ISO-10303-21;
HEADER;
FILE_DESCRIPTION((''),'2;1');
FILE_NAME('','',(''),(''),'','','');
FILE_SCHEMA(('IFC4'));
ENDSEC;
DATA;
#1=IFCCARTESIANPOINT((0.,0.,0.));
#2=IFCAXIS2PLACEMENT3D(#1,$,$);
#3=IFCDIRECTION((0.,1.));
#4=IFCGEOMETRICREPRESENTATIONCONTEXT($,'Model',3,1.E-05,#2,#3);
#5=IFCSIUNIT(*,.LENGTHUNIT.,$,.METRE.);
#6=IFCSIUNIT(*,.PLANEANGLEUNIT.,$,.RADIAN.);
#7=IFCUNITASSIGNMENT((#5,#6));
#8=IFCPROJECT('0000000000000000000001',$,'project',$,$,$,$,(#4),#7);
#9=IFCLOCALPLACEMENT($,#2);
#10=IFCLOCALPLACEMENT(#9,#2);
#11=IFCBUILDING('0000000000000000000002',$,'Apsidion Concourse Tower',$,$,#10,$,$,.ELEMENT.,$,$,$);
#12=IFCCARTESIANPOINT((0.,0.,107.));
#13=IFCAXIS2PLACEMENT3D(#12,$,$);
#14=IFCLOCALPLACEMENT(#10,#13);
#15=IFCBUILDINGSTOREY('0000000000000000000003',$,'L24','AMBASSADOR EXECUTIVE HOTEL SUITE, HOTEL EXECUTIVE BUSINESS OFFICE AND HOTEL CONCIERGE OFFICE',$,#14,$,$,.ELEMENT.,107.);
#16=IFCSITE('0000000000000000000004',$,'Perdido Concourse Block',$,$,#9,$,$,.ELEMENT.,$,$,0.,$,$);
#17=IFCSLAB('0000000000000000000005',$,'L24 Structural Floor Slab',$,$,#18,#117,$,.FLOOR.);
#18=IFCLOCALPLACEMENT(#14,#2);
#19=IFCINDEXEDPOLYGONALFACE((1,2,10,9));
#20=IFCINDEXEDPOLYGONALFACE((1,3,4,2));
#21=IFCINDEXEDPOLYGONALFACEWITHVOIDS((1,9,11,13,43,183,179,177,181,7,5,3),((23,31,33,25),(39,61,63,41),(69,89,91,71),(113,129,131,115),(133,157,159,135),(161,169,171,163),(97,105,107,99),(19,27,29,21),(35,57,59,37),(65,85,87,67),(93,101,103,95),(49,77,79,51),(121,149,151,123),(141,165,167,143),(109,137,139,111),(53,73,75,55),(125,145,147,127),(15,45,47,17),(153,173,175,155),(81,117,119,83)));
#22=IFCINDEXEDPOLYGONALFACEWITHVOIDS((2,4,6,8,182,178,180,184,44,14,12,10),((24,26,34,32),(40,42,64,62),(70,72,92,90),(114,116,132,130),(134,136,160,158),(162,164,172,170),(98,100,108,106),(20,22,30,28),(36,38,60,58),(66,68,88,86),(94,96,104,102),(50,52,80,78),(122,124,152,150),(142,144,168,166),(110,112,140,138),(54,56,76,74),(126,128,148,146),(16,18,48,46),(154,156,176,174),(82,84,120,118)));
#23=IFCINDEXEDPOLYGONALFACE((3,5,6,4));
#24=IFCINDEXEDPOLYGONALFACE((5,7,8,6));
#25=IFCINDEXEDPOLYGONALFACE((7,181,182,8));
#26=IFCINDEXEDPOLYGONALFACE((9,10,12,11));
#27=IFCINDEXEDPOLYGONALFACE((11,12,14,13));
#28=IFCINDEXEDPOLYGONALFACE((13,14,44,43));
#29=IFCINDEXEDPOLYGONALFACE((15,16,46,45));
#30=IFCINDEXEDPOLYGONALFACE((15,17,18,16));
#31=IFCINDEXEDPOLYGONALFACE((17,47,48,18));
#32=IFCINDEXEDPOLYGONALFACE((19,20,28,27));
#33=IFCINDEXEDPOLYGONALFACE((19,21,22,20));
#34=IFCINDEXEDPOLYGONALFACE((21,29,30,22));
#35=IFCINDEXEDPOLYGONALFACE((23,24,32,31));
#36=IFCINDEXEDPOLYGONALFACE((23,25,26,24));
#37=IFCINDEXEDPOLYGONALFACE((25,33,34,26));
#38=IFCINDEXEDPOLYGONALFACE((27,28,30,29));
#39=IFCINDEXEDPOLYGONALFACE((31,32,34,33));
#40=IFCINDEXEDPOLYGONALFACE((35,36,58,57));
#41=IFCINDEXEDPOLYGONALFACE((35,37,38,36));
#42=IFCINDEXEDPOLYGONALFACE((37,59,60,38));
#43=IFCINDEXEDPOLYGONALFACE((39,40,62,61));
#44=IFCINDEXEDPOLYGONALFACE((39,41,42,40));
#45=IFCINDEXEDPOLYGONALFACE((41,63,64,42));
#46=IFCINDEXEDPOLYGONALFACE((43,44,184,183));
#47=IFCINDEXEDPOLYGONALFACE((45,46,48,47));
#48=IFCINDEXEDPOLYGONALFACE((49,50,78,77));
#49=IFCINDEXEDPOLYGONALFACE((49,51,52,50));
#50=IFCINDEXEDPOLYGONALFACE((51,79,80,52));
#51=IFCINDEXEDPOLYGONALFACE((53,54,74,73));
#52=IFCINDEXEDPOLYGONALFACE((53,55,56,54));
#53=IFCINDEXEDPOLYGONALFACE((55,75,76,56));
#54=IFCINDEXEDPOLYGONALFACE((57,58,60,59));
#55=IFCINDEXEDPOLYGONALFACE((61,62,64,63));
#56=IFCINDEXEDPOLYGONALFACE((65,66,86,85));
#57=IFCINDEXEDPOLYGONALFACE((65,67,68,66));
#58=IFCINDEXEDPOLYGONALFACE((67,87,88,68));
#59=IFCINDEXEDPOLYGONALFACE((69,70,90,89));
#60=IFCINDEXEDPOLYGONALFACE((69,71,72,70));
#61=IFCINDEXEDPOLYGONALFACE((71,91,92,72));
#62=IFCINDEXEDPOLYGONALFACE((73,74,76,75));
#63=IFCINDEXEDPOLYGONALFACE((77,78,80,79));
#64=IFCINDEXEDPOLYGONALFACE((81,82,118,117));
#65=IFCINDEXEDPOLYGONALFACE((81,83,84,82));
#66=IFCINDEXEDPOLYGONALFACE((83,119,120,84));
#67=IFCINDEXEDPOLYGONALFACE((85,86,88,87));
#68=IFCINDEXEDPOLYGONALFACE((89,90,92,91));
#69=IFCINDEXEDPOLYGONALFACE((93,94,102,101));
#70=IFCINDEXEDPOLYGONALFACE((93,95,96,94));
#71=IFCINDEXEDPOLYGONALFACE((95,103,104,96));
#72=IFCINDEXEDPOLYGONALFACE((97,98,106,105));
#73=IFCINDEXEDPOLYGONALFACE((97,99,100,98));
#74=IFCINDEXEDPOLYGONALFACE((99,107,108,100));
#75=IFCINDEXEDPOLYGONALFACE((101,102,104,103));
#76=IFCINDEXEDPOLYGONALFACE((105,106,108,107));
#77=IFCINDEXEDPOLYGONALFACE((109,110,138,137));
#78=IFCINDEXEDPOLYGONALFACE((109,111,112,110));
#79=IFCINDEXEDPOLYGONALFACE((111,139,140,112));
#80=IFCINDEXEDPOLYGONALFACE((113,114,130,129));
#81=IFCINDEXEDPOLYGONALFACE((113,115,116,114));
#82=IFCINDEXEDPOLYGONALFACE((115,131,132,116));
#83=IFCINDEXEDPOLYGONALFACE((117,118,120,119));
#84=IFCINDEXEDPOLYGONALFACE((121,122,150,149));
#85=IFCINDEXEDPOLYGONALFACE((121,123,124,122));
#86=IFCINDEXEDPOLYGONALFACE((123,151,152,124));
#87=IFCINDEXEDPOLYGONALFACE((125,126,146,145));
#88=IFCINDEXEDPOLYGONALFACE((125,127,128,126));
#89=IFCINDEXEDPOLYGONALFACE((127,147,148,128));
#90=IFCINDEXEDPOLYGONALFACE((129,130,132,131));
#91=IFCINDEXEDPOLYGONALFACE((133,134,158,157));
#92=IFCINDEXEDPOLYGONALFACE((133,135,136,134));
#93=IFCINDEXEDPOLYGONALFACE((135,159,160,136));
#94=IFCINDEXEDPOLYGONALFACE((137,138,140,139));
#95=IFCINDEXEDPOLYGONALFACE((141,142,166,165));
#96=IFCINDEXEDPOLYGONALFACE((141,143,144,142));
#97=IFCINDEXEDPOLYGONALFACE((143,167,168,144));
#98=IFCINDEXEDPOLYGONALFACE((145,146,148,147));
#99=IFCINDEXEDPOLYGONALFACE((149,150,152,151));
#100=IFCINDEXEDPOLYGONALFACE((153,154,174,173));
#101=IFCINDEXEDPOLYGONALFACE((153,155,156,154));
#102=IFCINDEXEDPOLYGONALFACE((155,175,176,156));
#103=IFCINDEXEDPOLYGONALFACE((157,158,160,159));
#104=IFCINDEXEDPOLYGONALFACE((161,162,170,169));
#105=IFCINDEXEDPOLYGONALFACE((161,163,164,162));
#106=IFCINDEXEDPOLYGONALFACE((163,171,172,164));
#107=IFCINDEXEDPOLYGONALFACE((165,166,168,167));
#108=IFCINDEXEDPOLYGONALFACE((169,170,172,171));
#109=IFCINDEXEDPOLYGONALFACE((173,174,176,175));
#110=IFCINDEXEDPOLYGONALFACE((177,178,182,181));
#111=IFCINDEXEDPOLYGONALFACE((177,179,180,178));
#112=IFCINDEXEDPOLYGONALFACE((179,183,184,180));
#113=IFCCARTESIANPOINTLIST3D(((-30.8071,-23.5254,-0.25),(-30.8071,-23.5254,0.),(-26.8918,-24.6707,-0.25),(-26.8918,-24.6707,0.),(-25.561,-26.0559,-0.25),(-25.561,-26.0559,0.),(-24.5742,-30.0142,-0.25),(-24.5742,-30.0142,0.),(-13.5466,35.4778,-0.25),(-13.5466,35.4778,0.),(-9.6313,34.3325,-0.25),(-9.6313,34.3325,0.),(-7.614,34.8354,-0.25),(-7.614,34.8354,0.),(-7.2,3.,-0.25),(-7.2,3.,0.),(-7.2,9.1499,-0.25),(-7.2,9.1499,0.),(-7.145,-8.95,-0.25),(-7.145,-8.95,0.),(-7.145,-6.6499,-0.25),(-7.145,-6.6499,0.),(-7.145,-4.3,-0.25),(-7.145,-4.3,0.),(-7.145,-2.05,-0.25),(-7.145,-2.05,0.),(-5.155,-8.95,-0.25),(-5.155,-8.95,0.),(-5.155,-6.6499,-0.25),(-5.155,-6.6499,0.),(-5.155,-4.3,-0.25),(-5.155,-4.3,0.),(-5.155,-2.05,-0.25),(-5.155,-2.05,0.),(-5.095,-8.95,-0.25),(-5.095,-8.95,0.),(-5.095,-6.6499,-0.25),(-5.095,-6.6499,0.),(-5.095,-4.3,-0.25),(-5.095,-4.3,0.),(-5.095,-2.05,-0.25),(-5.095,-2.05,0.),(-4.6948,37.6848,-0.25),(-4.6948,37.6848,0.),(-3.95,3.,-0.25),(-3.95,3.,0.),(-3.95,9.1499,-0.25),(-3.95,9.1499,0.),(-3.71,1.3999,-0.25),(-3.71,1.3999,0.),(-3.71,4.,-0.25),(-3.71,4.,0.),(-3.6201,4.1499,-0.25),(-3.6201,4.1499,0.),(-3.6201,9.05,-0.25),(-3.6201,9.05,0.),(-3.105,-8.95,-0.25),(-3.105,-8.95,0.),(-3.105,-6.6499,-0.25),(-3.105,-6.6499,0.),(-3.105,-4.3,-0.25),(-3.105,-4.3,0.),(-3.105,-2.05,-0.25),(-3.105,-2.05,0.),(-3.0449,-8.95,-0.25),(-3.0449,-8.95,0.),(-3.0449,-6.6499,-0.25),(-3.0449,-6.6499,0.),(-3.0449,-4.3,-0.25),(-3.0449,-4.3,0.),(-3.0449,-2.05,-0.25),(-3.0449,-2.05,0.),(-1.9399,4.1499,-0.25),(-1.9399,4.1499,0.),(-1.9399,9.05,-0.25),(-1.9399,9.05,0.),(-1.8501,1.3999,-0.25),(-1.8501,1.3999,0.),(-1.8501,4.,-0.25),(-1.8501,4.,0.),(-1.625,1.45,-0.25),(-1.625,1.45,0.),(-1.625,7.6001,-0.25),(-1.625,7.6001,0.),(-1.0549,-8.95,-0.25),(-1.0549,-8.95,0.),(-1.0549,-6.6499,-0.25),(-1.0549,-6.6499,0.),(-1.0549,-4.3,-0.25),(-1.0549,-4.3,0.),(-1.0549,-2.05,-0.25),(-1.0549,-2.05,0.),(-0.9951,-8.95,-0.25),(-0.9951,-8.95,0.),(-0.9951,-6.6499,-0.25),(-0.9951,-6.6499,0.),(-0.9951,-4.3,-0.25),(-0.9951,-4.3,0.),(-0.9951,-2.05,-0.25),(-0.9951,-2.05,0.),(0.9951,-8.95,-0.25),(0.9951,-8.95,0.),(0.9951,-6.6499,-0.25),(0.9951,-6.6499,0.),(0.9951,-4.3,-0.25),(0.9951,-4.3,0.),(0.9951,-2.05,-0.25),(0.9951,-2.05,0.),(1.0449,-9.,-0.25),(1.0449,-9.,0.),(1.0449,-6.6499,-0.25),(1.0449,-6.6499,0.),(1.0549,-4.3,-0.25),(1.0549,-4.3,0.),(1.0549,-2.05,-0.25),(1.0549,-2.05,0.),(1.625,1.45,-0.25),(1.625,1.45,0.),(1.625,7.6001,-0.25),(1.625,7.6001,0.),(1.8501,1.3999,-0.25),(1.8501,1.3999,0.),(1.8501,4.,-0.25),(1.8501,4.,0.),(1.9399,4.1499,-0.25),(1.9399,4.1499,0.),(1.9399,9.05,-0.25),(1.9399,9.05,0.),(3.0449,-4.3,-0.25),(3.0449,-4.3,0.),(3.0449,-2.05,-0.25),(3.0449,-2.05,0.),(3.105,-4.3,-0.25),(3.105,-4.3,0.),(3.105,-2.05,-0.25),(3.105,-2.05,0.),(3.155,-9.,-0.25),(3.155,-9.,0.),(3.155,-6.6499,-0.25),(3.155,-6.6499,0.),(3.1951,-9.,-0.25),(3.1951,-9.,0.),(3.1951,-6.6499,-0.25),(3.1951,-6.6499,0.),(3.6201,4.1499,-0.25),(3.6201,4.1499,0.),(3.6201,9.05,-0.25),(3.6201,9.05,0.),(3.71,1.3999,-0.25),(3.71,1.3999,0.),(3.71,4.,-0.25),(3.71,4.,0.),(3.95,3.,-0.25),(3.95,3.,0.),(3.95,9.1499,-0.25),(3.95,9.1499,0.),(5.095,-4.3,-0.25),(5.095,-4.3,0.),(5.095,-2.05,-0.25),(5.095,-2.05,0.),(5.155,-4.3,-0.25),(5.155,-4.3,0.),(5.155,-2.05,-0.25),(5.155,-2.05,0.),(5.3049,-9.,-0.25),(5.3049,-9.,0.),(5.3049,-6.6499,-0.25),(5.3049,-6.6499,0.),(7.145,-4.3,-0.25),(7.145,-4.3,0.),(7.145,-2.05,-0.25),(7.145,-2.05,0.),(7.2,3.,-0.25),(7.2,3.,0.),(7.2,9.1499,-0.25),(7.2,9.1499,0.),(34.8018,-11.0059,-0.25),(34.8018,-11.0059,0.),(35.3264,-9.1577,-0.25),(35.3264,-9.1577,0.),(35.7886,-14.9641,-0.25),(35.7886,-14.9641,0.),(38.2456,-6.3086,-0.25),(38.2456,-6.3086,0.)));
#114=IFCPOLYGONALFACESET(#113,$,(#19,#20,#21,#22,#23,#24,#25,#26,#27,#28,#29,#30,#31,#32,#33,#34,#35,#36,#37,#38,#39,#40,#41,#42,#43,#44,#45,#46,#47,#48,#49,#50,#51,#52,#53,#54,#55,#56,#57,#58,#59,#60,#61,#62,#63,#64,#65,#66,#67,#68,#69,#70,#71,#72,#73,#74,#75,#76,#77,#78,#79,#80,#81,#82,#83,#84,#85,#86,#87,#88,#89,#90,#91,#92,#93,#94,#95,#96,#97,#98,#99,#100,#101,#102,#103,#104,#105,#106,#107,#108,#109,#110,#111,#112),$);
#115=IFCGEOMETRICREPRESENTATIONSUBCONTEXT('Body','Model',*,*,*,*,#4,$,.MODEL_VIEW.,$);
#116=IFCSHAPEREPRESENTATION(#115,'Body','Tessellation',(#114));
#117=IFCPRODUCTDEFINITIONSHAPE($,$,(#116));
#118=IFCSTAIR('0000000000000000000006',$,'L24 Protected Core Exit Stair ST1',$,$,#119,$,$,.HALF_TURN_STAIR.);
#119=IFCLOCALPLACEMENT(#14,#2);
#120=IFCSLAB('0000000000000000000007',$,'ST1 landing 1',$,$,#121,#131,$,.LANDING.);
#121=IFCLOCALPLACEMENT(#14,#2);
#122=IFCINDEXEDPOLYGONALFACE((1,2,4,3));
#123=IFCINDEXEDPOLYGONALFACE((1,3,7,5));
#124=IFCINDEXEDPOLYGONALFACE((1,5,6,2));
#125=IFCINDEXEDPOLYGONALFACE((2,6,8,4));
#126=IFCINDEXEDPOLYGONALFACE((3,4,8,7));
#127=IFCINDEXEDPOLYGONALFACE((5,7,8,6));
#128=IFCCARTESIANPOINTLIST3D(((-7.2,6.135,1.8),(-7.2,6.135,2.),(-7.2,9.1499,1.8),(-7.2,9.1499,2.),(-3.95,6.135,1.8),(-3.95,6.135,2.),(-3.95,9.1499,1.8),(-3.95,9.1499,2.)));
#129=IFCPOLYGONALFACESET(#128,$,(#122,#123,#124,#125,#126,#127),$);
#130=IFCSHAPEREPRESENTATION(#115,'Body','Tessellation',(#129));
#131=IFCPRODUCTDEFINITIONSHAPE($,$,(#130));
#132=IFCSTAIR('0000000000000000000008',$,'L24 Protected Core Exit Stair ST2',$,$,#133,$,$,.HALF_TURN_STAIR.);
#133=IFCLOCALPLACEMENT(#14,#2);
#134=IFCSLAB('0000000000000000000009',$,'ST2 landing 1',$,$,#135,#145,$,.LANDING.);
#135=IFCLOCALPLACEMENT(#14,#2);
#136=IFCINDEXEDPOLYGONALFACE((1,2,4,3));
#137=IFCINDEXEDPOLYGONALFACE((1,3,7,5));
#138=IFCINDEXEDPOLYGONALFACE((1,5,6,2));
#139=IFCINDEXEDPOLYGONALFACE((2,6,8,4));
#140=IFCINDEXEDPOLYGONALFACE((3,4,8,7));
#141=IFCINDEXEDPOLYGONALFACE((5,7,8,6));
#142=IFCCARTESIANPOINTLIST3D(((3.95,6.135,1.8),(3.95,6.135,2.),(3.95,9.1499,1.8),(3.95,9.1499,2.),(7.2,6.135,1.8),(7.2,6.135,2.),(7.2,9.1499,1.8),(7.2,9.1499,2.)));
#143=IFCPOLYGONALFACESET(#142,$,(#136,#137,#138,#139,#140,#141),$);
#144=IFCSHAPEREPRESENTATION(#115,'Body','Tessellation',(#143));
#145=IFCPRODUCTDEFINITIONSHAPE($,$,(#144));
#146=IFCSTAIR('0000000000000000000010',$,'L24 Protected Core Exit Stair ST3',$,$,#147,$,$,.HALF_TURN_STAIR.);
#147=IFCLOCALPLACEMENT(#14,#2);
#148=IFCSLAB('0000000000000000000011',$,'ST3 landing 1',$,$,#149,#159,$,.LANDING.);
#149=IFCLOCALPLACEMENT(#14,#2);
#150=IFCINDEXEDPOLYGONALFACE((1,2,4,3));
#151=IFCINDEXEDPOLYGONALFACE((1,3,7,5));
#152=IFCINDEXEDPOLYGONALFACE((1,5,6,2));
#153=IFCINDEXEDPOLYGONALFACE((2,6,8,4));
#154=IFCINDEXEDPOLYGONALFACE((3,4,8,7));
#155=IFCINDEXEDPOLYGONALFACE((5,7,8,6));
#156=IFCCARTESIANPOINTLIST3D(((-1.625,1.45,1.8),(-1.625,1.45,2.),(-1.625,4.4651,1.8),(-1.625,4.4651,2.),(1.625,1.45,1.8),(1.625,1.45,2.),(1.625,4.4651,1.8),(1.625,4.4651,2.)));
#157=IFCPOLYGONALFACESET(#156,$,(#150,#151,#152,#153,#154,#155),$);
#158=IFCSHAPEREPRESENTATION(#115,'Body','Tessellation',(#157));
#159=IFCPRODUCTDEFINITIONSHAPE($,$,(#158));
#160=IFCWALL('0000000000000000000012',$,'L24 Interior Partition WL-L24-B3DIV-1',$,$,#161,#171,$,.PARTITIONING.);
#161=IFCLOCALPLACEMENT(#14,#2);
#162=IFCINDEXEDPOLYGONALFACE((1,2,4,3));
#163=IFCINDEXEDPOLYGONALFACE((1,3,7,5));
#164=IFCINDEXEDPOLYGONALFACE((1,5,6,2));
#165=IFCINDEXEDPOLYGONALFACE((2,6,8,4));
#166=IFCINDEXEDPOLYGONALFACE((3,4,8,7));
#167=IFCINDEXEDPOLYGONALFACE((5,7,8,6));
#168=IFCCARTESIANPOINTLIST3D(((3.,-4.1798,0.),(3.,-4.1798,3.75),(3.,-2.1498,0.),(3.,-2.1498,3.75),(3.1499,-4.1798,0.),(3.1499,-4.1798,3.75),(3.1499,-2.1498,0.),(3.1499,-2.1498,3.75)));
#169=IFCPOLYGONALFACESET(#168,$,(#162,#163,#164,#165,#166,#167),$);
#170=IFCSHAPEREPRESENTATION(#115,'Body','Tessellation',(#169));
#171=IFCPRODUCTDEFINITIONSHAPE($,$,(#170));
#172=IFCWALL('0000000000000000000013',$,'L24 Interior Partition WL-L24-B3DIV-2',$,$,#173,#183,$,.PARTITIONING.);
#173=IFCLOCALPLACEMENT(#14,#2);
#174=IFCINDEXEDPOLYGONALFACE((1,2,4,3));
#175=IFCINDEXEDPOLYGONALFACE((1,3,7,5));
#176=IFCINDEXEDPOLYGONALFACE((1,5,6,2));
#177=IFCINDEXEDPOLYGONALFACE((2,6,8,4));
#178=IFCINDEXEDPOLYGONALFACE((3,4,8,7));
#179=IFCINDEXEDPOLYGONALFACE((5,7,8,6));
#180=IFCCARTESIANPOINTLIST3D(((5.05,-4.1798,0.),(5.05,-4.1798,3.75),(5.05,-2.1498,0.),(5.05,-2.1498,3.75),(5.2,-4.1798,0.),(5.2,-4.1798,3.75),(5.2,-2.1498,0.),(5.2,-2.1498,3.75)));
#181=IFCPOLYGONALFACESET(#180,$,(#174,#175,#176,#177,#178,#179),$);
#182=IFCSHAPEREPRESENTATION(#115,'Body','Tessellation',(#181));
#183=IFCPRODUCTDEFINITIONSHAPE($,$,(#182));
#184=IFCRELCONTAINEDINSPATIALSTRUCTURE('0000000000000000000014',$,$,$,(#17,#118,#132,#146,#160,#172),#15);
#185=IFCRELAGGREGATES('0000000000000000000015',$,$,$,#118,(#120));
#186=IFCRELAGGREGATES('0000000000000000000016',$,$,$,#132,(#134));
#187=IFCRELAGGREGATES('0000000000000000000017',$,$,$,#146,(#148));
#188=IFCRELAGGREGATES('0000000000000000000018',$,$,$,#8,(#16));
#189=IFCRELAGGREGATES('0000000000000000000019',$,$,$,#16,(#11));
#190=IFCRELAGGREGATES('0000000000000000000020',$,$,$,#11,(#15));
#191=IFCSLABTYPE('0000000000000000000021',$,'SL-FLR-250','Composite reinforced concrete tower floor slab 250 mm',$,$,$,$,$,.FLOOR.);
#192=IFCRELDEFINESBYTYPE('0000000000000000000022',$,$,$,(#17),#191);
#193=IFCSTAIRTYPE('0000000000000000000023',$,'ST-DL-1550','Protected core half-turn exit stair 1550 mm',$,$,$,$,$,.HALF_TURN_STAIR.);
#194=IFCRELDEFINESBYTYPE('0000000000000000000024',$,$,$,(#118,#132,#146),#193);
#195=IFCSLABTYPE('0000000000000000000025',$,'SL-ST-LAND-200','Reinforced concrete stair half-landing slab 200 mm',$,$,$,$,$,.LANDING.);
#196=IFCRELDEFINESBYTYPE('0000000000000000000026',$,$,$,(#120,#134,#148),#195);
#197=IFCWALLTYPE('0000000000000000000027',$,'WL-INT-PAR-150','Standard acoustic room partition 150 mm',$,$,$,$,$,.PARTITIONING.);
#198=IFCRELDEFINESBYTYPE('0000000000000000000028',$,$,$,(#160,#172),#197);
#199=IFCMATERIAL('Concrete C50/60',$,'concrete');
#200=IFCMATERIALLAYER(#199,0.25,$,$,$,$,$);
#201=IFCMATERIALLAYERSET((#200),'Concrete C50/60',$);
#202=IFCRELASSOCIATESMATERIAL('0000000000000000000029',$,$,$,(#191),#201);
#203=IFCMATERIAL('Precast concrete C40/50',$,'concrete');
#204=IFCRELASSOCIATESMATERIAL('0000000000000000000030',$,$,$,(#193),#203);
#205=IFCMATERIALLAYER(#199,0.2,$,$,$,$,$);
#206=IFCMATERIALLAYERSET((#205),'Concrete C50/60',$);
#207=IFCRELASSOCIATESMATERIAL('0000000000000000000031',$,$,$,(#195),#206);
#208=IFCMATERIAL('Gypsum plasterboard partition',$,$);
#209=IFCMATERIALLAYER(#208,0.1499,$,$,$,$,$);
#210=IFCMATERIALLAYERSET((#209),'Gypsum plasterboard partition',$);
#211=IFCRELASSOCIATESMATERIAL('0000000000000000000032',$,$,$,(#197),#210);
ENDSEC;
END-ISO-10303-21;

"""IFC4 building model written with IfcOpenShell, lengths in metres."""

from ifc_helpers import new_model, si_unit, direction, frame, frame_2d, origin, place, context, subcontext, project, spatial, polyline, rectangle, outline, extrude, material, layer, layer_set, type_object, element, aggregate, save


model = new_model("IFC4")

# Units and contexts
model_context = context("Model", 3, precision=1e-05, world=origin(), true_north=direction((0.0, 1.0)))
body_context = subcontext(model_context, "Body", "Model", "MODEL_VIEW")
ifc_project = project(units=[si_unit("LENGTHUNIT", "METRE"), si_unit("PLANEANGLEUNIT", "RADIAN")], contexts=[model_context])

# Site, building, storey
site_placement = place(None, origin())
site = spatial("IfcSite", under=ifc_project, at=site_placement, Name="Perdido Concourse Block", CompositionType="ELEMENT", RefElevation=0.0)
building_placement = place(site_placement, origin())
building = spatial("IfcBuilding", under=site, at=building_placement, Name="Apsidion Concourse Tower", CompositionType="ELEMENT")
storey_placement = place(building_placement, frame((0.0, 0.0, 107.0)))
storey = spatial("IfcBuildingStorey", under=building, at=storey_placement, Name="L24", Description="AMBASSADOR EXECUTIVE HOTEL SUITE, HOTEL EXECUTIVE BUSINESS OFFICE AND HOTEL CONCIERGE OFFICE", CompositionType="ELEMENT", Elevation=107.0)

# Shared definitions
ifc_material_1 = material(Name="Concrete C50/60", Category="concrete")

# Slab
ifc_layer_1 = layer(ifc_material_1, 0.25)
ifc_layer_set_1 = layer_set([ifc_layer_1], Name="Concrete C50/60")
slab_type_1 = type_object("IfcSlabType", Name="SL-FLR-250", Description="Composite reinforced concrete tower floor slab 250 mm", PredefinedType="FLOOR", material=ifc_layer_set_1)
slab_1_placement = place(storey_placement, frame((0.0, 0.0, -0.25)))
element("IfcSlab", 1, at=slab_1_placement, inside=storey, type_object=slab_type_1, Name="L24 Structural Floor Slab", PredefinedType="FLOOR", context=body_context, shape_type="SweptSolid", body=[
    extrude(outline(polyline([(-4.6948, 37.6848), (-7.614, 34.8354), (-9.6313, 34.3325), (-13.5466, 35.4778), (-30.8071, -23.5254), (-26.8918, -24.6707), (-25.561, -26.0559), (-24.5742, -30.0142), (35.7886, -14.9641), (34.8018, -11.0059), (35.3264, -9.1577), (38.2456, -6.3086), (-4.6948, 37.6848)]), holes=[polyline([(-3.95, 3.0), (-3.95, 9.1499), (-7.2, 9.1499), (-7.2, 3.0), (-3.95, 3.0)]), polyline([(7.2, 3.0), (7.2, 9.1499), (3.95, 9.1499), (3.95, 3.0), (7.2, 3.0)]), polyline([(-1.625, 7.6001), (-1.625, 1.45), (1.625, 1.45), (1.625, 7.6001), (-1.625, 7.6001)]), polyline([(-7.145, -4.3), (-5.155, -4.3), (-5.155, -2.05), (-7.145, -2.05), (-7.145, -4.3)]), polyline([(-5.095, -4.3), (-3.105, -4.3), (-3.105, -2.05), (-5.095, -2.05), (-5.095, -4.3)]), polyline([(-3.0449, -4.3), (-1.0549, -4.3), (-1.0549, -2.05), (-3.0449, -2.05), (-3.0449, -4.3)]), polyline([(-0.9951, -4.3), (0.9951, -4.3), (0.9951, -2.05), (-0.9951, -2.05), (-0.9951, -4.3)]), polyline([(1.0549, -4.3), (3.0449, -4.3), (3.0449, -2.05), (1.0549, -2.05), (1.0549, -4.3)]), polyline([(3.105, -4.3), (5.095, -4.3), (5.095, -2.05), (3.105, -2.05), (3.105, -4.3)]), polyline([(5.155, -4.3), (7.145, -4.3), (7.145, -2.05), (5.155, -2.05), (5.155, -4.3)]), polyline([(-7.145, -8.95), (-5.155, -8.95), (-5.155, -6.6499), (-7.145, -6.6499), (-7.145, -8.95)]), polyline([(-5.095, -8.95), (-3.105, -8.95), (-3.105, -6.6499), (-5.095, -6.6499), (-5.095, -8.95)]), polyline([(-3.0449, -8.95), (-1.0549, -8.95), (-1.0549, -6.6499), (-3.0449, -6.6499), (-3.0449, -8.95)]), polyline([(-0.9951, -8.95), (0.9951, -8.95), (0.9951, -6.6499), (-0.9951, -6.6499), (-0.9951, -8.95)]), polyline([(1.0449, -9.0), (3.155, -9.0), (3.155, -6.6499), (1.0449, -6.6499), (1.0449, -9.0)]), polyline([(3.1951, -9.0), (5.3049, -9.0), (5.3049, -6.6499), (3.1951, -6.6499), (3.1951, -9.0)]), polyline([(-3.71, 1.3999), (-1.8501, 1.3999), (-1.8501, 4.0), (-3.71, 4.0), (-3.71, 1.3999)]), polyline([(1.8501, 1.3999), (3.71, 1.3999), (3.71, 4.0), (1.8501, 4.0), (1.8501, 1.3999)]), polyline([(-3.6201, 4.1499), (-1.9399, 4.1499), (-1.9399, 9.05), (-3.6201, 9.05), (-3.6201, 4.1499)]), polyline([(1.9399, 4.1499), (3.6201, 4.1499), (3.6201, 9.05), (1.9399, 9.05), (1.9399, 4.1499)])]), origin(), (0.0, 0.0, 1.0), 0.25),
])

# Stairs, slabs
ifc_material_2 = material(Name="Precast concrete C40/50", Category="concrete")
stair_type = type_object("IfcStairType", Name="ST-DL-1550", Description="Protected core half-turn exit stair 1550 mm", PredefinedType="HALF_TURN_STAIR", material=ifc_material_2)
stair_1_placement = place(storey_placement, origin())
stair_1 = element("IfcStair", 2, at=stair_1_placement, inside=storey, type_object=stair_type, Name="L24 Protected Core Exit Stair ST1", PredefinedType="HALF_TURN_STAIR")
ifc_layer_2 = layer(ifc_material_1, 0.2)
ifc_layer_set_2 = layer_set([ifc_layer_2], Name="Concrete C50/60")
slab_type_2 = type_object("IfcSlabType", Name="SL-ST-LAND-200", Description="Reinforced concrete stair half-landing slab 200 mm", PredefinedType="LANDING", material=ifc_layer_set_2)
slab_2_placement = place(storey_placement, frame((0.0, 0.0, 1.8)))
slab_2 = element("IfcSlab", 3, at=slab_2_placement, type_object=slab_type_2, Name="ST1 landing 1", PredefinedType="LANDING", context=body_context, shape_type="SweptSolid", body=[
    extrude(outline(polyline([(-3.95, 6.135), (-3.95, 9.1499), (-7.2, 9.1499), (-7.2, 6.135), (-3.95, 6.135)])), origin(), (0.0, 0.0, 1.0), 0.2),
])
aggregate(stair_1, [slab_2])
stair_2_placement = place(storey_placement, origin())
stair_2 = element("IfcStair", 4, at=stair_2_placement, inside=storey, type_object=stair_type, Name="L24 Protected Core Exit Stair ST2", PredefinedType="HALF_TURN_STAIR")
slab_3_placement = place(storey_placement, frame((0.0, 0.0, 1.8)))
slab_3 = element("IfcSlab", 5, at=slab_3_placement, type_object=slab_type_2, Name="ST2 landing 1", PredefinedType="LANDING", context=body_context, shape_type="SweptSolid", body=[
    extrude(outline(polyline([(7.2, 6.135), (7.2, 9.1499), (3.95, 9.1499), (3.95, 6.135), (7.2, 6.135)])), origin(), (0.0, 0.0, 1.0), 0.2),
])
aggregate(stair_2, [slab_3])
stair_3_placement = place(storey_placement, origin())
stair_3 = element("IfcStair", 6, at=stair_3_placement, inside=storey, type_object=stair_type, Name="L24 Protected Core Exit Stair ST3", PredefinedType="HALF_TURN_STAIR")
slab_4_placement = place(storey_placement, frame((0.0, 0.0, 1.8)))
slab_4 = element("IfcSlab", 7, at=slab_4_placement, type_object=slab_type_2, Name="ST3 landing 1", PredefinedType="LANDING", context=body_context, shape_type="SweptSolid", body=[
    extrude(outline(polyline([(-1.625, 4.4651), (-1.625, 1.45), (1.625, 1.45), (1.625, 4.4651), (-1.625, 4.4651)])), origin(), (0.0, 0.0, 1.0), 0.2),
])
aggregate(stair_3, [slab_4])

# Walls
ifc_material_3 = material(Name="Gypsum plasterboard partition")
ifc_layer_3 = layer(ifc_material_3, 0.1499)
ifc_layer_set_3 = layer_set([ifc_layer_3], Name="Gypsum plasterboard partition")
wall_type_1 = type_object("IfcWallType", Name="WL-INT-PAR-150", Description="Standard acoustic room partition 150 mm", PredefinedType="PARTITIONING", material=ifc_layer_set_3)
for number, where, z_axis, x_axis, name in (
    (8, (3.075, -4.1799, 0.0), (0.0, 0.0, 1.0), (0.0, 1.0, 0.0), "L24 Interior Partition WL-L24-B3DIV-1"),
    (9, (5.125, -4.1799, 0.0), (0.0, 0.0, 1.0), (0.0, 1.0, 0.0), "L24 Interior Partition WL-L24-B3DIV-2"),
):
    element("IfcWall", number, at=place(storey_placement, frame(where, z_axis=z_axis, x_axis=x_axis)), inside=storey, type_object=wall_type_1, Name=name, PredefinedType="PARTITIONING", context=body_context, shape_type="SweptSolid", body=[
        extrude(rectangle(XDim=2.03, YDim=0.1499, at=frame_2d((1.0151, 0.0))), origin(), (0.0, 0.0, 1.0), 3.75),
    ])

save(model, "model.ifc")
